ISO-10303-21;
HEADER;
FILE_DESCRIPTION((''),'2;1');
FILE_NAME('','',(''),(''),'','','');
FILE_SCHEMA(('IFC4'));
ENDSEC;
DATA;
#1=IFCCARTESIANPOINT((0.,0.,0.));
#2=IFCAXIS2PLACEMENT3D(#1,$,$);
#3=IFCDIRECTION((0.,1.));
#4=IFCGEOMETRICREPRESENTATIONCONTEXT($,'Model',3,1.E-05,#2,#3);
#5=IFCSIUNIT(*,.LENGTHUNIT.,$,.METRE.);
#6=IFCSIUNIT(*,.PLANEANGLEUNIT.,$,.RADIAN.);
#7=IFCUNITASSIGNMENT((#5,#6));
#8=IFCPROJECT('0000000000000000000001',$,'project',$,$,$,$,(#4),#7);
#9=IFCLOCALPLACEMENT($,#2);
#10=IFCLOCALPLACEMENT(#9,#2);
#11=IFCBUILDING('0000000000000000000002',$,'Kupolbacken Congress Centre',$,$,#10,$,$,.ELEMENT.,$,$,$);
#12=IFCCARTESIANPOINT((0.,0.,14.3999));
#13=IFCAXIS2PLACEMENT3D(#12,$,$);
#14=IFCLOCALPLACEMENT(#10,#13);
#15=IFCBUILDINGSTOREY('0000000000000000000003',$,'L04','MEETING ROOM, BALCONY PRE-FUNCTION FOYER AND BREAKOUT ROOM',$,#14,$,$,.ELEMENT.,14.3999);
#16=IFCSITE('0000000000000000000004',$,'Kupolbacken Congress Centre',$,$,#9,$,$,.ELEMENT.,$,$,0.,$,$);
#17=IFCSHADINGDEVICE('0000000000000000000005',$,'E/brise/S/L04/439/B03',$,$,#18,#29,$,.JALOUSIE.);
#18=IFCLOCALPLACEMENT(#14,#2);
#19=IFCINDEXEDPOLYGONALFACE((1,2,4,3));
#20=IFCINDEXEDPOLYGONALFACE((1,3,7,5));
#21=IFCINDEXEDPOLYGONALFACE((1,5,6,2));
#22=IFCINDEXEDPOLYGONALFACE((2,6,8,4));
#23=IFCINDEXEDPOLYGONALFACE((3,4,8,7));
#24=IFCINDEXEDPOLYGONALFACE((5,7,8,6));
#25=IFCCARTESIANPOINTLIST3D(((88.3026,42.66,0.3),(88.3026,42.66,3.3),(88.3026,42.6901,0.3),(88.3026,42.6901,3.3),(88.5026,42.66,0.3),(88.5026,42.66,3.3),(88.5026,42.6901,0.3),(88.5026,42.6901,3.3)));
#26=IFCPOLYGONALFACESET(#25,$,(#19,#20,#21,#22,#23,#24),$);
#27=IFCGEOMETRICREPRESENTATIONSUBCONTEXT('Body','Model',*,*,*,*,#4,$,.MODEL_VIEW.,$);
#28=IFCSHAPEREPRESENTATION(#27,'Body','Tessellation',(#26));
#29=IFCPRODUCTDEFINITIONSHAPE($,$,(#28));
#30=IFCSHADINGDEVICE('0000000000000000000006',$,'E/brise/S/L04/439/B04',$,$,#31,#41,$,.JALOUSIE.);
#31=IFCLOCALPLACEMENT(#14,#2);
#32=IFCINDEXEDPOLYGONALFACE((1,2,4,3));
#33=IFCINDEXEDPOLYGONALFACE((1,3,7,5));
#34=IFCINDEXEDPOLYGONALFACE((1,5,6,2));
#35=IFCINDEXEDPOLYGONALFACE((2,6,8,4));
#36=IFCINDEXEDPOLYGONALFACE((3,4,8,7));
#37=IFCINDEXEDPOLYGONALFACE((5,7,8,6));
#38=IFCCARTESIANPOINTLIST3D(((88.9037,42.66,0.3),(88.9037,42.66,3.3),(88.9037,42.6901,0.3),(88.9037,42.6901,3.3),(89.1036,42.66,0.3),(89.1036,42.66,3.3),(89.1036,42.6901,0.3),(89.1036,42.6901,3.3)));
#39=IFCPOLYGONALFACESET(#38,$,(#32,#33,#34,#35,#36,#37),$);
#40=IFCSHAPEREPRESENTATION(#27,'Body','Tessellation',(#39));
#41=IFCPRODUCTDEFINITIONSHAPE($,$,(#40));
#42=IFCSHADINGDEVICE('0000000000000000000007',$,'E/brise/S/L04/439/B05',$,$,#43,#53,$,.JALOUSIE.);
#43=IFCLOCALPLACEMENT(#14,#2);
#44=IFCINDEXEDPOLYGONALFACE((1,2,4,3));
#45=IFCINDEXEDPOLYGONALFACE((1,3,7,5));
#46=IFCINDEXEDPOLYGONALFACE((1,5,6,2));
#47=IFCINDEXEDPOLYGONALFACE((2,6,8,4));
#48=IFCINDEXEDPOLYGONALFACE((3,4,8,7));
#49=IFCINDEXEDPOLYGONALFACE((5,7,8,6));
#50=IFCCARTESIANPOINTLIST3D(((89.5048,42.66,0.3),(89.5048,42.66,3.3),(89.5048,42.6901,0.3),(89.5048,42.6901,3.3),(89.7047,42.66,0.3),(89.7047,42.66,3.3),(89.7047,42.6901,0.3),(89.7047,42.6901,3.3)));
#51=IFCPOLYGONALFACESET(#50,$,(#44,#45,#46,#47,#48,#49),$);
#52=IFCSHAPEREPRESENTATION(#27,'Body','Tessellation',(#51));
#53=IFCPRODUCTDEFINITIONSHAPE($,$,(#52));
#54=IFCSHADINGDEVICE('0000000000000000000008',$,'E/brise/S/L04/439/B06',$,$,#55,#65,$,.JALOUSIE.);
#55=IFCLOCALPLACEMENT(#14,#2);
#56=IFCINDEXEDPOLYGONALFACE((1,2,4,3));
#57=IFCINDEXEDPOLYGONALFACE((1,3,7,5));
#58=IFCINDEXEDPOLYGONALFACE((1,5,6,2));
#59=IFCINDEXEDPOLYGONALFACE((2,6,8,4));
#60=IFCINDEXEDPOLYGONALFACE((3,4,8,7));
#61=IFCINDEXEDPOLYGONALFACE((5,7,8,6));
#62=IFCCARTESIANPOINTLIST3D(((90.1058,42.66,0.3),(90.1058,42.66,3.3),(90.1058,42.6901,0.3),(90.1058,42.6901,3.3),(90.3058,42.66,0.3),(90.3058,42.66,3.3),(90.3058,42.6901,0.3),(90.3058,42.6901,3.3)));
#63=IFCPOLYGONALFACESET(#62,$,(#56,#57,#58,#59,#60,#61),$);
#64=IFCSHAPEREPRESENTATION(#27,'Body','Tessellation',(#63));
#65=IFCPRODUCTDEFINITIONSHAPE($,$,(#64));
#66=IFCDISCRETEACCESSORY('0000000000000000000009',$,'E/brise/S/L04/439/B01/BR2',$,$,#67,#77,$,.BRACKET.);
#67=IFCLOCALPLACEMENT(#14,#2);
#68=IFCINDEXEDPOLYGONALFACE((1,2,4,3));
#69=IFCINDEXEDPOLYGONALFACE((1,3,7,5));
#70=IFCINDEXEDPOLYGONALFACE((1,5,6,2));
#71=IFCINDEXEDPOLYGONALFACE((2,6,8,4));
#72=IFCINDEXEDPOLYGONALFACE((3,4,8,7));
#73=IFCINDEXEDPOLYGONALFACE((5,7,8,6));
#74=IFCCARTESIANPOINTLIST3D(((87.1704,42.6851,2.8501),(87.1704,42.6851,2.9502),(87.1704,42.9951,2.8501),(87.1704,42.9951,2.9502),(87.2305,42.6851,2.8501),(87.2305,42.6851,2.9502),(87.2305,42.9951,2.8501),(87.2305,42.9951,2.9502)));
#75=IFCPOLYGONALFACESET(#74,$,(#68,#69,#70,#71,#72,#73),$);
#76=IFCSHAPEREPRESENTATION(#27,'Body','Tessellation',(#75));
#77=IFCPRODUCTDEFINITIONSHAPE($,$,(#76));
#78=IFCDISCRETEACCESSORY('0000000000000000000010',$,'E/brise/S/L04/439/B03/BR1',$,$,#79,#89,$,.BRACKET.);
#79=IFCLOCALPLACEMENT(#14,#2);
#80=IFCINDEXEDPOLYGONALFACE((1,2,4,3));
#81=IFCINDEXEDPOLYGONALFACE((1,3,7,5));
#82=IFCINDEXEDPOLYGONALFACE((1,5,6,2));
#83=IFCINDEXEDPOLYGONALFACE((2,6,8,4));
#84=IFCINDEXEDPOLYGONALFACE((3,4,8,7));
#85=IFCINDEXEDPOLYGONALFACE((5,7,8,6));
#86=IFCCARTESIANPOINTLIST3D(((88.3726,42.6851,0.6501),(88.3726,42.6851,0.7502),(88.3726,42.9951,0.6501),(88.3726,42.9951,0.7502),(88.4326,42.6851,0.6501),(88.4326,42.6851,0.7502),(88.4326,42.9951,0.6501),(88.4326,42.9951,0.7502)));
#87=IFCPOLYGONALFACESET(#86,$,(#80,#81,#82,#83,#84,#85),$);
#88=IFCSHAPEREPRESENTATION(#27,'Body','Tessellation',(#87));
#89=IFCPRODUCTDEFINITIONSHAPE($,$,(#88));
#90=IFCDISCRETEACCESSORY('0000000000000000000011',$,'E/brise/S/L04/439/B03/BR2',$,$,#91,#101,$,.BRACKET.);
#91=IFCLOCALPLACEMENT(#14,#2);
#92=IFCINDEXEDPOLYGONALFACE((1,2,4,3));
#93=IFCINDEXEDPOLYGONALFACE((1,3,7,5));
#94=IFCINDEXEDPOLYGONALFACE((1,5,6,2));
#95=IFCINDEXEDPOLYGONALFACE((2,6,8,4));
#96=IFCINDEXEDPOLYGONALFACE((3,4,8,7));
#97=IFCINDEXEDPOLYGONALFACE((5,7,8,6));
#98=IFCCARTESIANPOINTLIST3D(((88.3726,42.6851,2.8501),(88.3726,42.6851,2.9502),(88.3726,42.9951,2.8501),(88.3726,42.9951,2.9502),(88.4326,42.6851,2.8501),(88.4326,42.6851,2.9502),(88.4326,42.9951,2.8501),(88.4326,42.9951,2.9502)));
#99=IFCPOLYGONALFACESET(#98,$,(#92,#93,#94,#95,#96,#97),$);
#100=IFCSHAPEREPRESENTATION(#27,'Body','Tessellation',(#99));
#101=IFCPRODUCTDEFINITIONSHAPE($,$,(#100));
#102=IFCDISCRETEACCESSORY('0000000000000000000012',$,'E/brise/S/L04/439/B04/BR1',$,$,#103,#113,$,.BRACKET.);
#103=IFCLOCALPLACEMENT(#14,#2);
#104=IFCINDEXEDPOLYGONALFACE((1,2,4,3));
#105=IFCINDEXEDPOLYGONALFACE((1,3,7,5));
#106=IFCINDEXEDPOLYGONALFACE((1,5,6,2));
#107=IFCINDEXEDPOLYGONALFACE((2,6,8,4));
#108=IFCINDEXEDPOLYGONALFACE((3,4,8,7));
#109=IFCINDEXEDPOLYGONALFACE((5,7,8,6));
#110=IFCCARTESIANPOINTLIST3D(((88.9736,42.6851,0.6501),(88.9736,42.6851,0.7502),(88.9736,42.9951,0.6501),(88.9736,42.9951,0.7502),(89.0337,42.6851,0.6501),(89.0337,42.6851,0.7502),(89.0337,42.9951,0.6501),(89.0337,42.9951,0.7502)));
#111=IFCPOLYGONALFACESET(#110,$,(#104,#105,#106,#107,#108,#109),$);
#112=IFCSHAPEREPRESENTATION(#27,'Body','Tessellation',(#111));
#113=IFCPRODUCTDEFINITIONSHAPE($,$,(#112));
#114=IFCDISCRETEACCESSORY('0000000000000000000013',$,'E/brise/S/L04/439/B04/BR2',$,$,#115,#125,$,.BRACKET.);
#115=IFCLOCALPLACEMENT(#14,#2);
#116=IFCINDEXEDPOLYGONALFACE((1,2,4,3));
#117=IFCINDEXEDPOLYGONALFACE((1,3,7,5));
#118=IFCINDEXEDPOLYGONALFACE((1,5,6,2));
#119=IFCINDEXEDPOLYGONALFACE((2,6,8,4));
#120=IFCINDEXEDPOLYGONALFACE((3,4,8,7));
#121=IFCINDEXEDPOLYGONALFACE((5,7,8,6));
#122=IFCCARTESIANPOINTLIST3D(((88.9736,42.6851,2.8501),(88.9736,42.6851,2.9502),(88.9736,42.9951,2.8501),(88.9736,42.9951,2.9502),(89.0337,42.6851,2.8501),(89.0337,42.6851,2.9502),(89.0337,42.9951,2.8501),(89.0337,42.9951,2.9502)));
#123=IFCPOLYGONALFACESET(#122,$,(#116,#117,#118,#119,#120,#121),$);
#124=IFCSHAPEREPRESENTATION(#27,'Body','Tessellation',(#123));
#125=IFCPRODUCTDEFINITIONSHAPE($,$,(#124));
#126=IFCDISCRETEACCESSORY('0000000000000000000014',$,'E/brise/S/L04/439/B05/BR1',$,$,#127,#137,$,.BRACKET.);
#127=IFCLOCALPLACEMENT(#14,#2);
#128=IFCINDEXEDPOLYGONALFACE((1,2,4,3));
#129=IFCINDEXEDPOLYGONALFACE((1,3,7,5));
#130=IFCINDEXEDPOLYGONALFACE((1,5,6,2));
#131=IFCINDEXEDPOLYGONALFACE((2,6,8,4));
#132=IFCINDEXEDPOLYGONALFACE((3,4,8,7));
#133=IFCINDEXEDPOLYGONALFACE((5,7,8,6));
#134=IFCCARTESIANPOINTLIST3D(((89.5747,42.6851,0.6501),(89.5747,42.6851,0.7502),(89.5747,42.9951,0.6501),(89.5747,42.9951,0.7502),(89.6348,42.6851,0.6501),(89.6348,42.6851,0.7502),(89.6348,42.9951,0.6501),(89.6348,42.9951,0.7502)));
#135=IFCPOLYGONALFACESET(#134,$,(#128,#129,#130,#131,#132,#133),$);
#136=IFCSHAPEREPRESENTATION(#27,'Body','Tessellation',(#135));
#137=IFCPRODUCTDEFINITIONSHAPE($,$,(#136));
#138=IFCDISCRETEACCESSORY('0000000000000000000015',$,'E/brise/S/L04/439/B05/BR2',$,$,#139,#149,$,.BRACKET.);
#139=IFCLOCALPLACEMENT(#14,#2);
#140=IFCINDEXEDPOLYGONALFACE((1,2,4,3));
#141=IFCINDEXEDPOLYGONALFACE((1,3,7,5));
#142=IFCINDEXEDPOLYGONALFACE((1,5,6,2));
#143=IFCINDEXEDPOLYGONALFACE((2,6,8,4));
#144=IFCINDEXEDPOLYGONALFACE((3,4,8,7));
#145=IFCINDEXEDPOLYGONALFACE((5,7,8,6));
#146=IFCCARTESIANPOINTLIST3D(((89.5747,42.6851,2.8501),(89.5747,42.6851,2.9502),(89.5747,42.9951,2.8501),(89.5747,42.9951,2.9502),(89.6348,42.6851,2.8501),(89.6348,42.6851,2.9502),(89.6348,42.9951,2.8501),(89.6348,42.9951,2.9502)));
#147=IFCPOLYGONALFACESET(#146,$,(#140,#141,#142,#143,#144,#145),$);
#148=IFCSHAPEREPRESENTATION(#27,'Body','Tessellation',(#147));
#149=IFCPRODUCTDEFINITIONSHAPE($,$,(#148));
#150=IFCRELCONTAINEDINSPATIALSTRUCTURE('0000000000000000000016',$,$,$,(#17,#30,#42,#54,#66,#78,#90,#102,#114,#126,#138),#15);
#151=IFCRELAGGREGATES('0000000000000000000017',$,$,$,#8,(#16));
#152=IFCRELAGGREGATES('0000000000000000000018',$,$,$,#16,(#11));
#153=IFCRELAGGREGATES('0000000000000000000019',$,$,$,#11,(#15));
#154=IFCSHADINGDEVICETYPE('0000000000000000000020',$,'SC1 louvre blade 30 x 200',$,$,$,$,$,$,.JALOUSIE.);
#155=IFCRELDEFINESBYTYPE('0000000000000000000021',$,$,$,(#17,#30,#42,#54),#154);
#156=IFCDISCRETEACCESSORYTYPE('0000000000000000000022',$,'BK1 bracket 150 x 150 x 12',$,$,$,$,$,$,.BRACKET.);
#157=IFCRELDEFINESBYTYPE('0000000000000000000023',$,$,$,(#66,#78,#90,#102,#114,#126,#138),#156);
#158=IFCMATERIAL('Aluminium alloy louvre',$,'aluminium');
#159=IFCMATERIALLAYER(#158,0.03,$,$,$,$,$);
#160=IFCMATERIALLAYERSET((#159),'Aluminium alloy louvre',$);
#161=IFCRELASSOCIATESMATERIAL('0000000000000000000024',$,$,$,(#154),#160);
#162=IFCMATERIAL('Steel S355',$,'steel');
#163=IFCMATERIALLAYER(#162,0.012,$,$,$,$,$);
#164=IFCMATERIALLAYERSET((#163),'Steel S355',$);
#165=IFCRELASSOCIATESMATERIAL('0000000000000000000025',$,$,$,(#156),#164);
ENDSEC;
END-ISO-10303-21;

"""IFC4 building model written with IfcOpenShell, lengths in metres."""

from ifc_helpers import new_model, si_unit, direction, frame, origin, origin_2d, place, context, subcontext, project, spatial, rectangle, extrude, material, layer, layer_set, type_object, element, save


model = new_model("IFC4")

# Units and contexts
model_context = context("Model", 3, precision=1e-05, world=origin(), true_north=direction((0.0, 1.0)))
body_context = subcontext(model_context, "Body", "Model", "MODEL_VIEW")
ifc_project = project(units=[si_unit("LENGTHUNIT", "METRE"), si_unit("PLANEANGLEUNIT", "RADIAN")], contexts=[model_context])

# Site, building, storey
site_placement = place(None, origin())
site = spatial("IfcSite", under=ifc_project, at=site_placement, Name="Kupolbacken Congress Centre", CompositionType="ELEMENT", RefElevation=0.0)
building_placement = place(site_placement, origin())
building = spatial("IfcBuilding", under=site, at=building_placement, Name="Kupolbacken Congress Centre", CompositionType="ELEMENT")
storey_placement = place(building_placement, frame((0.0, 0.0, 14.3999)))
storey = spatial("IfcBuildingStorey", under=building, at=storey_placement, Name="L04", Description="MEETING ROOM, BALCONY PRE-FUNCTION FOYER AND BREAKOUT ROOM", CompositionType="ELEMENT", Elevation=14.3999)

# Shading devices
ifc_material_1 = material(Name="Aluminium alloy louvre", Category="aluminium")
ifc_layer_1 = layer(ifc_material_1, 0.03)
ifc_layer_set_1 = layer_set([ifc_layer_1], Name="Aluminium alloy louvre")
shading_device_type = type_object("IfcShadingDeviceType", Name="SC1 louvre blade 30 x 200", PredefinedType="JALOUSIE", material=ifc_layer_set_1)
for number, where, z_axis, x_axis, name in (
    (1, (88.4026, 42.675, 0.3), (0.0, 0.0, 1.0), (1.0, 0.0, 0.0), "E/brise/S/L04/439/B03"),
    (2, (89.0037, 42.675, 0.3), (0.0, 0.0, 1.0), (1.0, 0.0, 0.0), "E/brise/S/L04/439/B04"),
    (3, (89.6047, 42.675, 0.3), (0.0, 0.0, 1.0), (1.0, 0.0, 0.0), "E/brise/S/L04/439/B05"),
    (4, (90.2058, 42.675, 0.3), (0.0, 0.0, 1.0), (1.0, 0.0, 0.0), "E/brise/S/L04/439/B06"),
):
    element("IfcShadingDevice", number, at=place(storey_placement, frame(where, z_axis=z_axis, x_axis=x_axis)), inside=storey, type_object=shading_device_type, Name=name, PredefinedType="JALOUSIE", context=body_context, shape_type="SweptSolid", body=[
        extrude(rectangle(XDim=0.2, YDim=0.03, at=origin_2d()), origin(), (0.0, 0.0, 1.0), 3.0),
    ])

# Discrete accessories
ifc_material_2 = material(Name="Steel S355", Category="steel")
ifc_layer_2 = layer(ifc_material_2, 0.012)
ifc_layer_set_2 = layer_set([ifc_layer_2], Name="Steel S355")
discrete_accessory_type = type_object("IfcDiscreteAccessoryType", Name="BK1 bracket 150 x 150 x 12", PredefinedType="BRACKET", material=ifc_layer_set_2)
for number, where, z_axis, x_axis, name in (
    (5, (87.2004, 42.8401, 2.8501), (0.0, 0.0, 1.0), (1.0, 0.0, 0.0), "E/brise/S/L04/439/B01/BR2"),
    (6, (88.4026, 42.8401, 0.6501), (0.0, 0.0, 1.0), (1.0, 0.0, 0.0), "E/brise/S/L04/439/B03/BR1"),
    (7, (88.4026, 42.8401, 2.8501), (0.0, 0.0, 1.0), (1.0, 0.0, 0.0), "E/brise/S/L04/439/B03/BR2"),
    (8, (89.0037, 42.8401, 0.6501), (0.0, 0.0, 1.0), (1.0, 0.0, 0.0), "E/brise/S/L04/439/B04/BR1"),
    (9, (89.0037, 42.8401, 2.8501), (0.0, 0.0, 1.0), (1.0, 0.0, 0.0), "E/brise/S/L04/439/B04/BR2"),
    (10, (89.6047, 42.8401, 0.6501), (0.0, 0.0, 1.0), (1.0, 0.0, 0.0), "E/brise/S/L04/439/B05/BR1"),
    (11, (89.6047, 42.8401, 2.8501), (0.0, 0.0, 1.0), (1.0, 0.0, 0.0), "E/brise/S/L04/439/B05/BR2"),
):
    element("IfcDiscreteAccessory", number, at=place(storey_placement, frame(where, z_axis=z_axis, x_axis=x_axis)), inside=storey, type_object=discrete_accessory_type, Name=name, PredefinedType="BRACKET", context=body_context, shape_type="SweptSolid", body=[
        extrude(rectangle(XDim=0.0601, YDim=0.3101, at=origin_2d()), origin(), (0.0, 0.0, 1.0), 0.1001),
    ])

save(model, "model.ifc")
